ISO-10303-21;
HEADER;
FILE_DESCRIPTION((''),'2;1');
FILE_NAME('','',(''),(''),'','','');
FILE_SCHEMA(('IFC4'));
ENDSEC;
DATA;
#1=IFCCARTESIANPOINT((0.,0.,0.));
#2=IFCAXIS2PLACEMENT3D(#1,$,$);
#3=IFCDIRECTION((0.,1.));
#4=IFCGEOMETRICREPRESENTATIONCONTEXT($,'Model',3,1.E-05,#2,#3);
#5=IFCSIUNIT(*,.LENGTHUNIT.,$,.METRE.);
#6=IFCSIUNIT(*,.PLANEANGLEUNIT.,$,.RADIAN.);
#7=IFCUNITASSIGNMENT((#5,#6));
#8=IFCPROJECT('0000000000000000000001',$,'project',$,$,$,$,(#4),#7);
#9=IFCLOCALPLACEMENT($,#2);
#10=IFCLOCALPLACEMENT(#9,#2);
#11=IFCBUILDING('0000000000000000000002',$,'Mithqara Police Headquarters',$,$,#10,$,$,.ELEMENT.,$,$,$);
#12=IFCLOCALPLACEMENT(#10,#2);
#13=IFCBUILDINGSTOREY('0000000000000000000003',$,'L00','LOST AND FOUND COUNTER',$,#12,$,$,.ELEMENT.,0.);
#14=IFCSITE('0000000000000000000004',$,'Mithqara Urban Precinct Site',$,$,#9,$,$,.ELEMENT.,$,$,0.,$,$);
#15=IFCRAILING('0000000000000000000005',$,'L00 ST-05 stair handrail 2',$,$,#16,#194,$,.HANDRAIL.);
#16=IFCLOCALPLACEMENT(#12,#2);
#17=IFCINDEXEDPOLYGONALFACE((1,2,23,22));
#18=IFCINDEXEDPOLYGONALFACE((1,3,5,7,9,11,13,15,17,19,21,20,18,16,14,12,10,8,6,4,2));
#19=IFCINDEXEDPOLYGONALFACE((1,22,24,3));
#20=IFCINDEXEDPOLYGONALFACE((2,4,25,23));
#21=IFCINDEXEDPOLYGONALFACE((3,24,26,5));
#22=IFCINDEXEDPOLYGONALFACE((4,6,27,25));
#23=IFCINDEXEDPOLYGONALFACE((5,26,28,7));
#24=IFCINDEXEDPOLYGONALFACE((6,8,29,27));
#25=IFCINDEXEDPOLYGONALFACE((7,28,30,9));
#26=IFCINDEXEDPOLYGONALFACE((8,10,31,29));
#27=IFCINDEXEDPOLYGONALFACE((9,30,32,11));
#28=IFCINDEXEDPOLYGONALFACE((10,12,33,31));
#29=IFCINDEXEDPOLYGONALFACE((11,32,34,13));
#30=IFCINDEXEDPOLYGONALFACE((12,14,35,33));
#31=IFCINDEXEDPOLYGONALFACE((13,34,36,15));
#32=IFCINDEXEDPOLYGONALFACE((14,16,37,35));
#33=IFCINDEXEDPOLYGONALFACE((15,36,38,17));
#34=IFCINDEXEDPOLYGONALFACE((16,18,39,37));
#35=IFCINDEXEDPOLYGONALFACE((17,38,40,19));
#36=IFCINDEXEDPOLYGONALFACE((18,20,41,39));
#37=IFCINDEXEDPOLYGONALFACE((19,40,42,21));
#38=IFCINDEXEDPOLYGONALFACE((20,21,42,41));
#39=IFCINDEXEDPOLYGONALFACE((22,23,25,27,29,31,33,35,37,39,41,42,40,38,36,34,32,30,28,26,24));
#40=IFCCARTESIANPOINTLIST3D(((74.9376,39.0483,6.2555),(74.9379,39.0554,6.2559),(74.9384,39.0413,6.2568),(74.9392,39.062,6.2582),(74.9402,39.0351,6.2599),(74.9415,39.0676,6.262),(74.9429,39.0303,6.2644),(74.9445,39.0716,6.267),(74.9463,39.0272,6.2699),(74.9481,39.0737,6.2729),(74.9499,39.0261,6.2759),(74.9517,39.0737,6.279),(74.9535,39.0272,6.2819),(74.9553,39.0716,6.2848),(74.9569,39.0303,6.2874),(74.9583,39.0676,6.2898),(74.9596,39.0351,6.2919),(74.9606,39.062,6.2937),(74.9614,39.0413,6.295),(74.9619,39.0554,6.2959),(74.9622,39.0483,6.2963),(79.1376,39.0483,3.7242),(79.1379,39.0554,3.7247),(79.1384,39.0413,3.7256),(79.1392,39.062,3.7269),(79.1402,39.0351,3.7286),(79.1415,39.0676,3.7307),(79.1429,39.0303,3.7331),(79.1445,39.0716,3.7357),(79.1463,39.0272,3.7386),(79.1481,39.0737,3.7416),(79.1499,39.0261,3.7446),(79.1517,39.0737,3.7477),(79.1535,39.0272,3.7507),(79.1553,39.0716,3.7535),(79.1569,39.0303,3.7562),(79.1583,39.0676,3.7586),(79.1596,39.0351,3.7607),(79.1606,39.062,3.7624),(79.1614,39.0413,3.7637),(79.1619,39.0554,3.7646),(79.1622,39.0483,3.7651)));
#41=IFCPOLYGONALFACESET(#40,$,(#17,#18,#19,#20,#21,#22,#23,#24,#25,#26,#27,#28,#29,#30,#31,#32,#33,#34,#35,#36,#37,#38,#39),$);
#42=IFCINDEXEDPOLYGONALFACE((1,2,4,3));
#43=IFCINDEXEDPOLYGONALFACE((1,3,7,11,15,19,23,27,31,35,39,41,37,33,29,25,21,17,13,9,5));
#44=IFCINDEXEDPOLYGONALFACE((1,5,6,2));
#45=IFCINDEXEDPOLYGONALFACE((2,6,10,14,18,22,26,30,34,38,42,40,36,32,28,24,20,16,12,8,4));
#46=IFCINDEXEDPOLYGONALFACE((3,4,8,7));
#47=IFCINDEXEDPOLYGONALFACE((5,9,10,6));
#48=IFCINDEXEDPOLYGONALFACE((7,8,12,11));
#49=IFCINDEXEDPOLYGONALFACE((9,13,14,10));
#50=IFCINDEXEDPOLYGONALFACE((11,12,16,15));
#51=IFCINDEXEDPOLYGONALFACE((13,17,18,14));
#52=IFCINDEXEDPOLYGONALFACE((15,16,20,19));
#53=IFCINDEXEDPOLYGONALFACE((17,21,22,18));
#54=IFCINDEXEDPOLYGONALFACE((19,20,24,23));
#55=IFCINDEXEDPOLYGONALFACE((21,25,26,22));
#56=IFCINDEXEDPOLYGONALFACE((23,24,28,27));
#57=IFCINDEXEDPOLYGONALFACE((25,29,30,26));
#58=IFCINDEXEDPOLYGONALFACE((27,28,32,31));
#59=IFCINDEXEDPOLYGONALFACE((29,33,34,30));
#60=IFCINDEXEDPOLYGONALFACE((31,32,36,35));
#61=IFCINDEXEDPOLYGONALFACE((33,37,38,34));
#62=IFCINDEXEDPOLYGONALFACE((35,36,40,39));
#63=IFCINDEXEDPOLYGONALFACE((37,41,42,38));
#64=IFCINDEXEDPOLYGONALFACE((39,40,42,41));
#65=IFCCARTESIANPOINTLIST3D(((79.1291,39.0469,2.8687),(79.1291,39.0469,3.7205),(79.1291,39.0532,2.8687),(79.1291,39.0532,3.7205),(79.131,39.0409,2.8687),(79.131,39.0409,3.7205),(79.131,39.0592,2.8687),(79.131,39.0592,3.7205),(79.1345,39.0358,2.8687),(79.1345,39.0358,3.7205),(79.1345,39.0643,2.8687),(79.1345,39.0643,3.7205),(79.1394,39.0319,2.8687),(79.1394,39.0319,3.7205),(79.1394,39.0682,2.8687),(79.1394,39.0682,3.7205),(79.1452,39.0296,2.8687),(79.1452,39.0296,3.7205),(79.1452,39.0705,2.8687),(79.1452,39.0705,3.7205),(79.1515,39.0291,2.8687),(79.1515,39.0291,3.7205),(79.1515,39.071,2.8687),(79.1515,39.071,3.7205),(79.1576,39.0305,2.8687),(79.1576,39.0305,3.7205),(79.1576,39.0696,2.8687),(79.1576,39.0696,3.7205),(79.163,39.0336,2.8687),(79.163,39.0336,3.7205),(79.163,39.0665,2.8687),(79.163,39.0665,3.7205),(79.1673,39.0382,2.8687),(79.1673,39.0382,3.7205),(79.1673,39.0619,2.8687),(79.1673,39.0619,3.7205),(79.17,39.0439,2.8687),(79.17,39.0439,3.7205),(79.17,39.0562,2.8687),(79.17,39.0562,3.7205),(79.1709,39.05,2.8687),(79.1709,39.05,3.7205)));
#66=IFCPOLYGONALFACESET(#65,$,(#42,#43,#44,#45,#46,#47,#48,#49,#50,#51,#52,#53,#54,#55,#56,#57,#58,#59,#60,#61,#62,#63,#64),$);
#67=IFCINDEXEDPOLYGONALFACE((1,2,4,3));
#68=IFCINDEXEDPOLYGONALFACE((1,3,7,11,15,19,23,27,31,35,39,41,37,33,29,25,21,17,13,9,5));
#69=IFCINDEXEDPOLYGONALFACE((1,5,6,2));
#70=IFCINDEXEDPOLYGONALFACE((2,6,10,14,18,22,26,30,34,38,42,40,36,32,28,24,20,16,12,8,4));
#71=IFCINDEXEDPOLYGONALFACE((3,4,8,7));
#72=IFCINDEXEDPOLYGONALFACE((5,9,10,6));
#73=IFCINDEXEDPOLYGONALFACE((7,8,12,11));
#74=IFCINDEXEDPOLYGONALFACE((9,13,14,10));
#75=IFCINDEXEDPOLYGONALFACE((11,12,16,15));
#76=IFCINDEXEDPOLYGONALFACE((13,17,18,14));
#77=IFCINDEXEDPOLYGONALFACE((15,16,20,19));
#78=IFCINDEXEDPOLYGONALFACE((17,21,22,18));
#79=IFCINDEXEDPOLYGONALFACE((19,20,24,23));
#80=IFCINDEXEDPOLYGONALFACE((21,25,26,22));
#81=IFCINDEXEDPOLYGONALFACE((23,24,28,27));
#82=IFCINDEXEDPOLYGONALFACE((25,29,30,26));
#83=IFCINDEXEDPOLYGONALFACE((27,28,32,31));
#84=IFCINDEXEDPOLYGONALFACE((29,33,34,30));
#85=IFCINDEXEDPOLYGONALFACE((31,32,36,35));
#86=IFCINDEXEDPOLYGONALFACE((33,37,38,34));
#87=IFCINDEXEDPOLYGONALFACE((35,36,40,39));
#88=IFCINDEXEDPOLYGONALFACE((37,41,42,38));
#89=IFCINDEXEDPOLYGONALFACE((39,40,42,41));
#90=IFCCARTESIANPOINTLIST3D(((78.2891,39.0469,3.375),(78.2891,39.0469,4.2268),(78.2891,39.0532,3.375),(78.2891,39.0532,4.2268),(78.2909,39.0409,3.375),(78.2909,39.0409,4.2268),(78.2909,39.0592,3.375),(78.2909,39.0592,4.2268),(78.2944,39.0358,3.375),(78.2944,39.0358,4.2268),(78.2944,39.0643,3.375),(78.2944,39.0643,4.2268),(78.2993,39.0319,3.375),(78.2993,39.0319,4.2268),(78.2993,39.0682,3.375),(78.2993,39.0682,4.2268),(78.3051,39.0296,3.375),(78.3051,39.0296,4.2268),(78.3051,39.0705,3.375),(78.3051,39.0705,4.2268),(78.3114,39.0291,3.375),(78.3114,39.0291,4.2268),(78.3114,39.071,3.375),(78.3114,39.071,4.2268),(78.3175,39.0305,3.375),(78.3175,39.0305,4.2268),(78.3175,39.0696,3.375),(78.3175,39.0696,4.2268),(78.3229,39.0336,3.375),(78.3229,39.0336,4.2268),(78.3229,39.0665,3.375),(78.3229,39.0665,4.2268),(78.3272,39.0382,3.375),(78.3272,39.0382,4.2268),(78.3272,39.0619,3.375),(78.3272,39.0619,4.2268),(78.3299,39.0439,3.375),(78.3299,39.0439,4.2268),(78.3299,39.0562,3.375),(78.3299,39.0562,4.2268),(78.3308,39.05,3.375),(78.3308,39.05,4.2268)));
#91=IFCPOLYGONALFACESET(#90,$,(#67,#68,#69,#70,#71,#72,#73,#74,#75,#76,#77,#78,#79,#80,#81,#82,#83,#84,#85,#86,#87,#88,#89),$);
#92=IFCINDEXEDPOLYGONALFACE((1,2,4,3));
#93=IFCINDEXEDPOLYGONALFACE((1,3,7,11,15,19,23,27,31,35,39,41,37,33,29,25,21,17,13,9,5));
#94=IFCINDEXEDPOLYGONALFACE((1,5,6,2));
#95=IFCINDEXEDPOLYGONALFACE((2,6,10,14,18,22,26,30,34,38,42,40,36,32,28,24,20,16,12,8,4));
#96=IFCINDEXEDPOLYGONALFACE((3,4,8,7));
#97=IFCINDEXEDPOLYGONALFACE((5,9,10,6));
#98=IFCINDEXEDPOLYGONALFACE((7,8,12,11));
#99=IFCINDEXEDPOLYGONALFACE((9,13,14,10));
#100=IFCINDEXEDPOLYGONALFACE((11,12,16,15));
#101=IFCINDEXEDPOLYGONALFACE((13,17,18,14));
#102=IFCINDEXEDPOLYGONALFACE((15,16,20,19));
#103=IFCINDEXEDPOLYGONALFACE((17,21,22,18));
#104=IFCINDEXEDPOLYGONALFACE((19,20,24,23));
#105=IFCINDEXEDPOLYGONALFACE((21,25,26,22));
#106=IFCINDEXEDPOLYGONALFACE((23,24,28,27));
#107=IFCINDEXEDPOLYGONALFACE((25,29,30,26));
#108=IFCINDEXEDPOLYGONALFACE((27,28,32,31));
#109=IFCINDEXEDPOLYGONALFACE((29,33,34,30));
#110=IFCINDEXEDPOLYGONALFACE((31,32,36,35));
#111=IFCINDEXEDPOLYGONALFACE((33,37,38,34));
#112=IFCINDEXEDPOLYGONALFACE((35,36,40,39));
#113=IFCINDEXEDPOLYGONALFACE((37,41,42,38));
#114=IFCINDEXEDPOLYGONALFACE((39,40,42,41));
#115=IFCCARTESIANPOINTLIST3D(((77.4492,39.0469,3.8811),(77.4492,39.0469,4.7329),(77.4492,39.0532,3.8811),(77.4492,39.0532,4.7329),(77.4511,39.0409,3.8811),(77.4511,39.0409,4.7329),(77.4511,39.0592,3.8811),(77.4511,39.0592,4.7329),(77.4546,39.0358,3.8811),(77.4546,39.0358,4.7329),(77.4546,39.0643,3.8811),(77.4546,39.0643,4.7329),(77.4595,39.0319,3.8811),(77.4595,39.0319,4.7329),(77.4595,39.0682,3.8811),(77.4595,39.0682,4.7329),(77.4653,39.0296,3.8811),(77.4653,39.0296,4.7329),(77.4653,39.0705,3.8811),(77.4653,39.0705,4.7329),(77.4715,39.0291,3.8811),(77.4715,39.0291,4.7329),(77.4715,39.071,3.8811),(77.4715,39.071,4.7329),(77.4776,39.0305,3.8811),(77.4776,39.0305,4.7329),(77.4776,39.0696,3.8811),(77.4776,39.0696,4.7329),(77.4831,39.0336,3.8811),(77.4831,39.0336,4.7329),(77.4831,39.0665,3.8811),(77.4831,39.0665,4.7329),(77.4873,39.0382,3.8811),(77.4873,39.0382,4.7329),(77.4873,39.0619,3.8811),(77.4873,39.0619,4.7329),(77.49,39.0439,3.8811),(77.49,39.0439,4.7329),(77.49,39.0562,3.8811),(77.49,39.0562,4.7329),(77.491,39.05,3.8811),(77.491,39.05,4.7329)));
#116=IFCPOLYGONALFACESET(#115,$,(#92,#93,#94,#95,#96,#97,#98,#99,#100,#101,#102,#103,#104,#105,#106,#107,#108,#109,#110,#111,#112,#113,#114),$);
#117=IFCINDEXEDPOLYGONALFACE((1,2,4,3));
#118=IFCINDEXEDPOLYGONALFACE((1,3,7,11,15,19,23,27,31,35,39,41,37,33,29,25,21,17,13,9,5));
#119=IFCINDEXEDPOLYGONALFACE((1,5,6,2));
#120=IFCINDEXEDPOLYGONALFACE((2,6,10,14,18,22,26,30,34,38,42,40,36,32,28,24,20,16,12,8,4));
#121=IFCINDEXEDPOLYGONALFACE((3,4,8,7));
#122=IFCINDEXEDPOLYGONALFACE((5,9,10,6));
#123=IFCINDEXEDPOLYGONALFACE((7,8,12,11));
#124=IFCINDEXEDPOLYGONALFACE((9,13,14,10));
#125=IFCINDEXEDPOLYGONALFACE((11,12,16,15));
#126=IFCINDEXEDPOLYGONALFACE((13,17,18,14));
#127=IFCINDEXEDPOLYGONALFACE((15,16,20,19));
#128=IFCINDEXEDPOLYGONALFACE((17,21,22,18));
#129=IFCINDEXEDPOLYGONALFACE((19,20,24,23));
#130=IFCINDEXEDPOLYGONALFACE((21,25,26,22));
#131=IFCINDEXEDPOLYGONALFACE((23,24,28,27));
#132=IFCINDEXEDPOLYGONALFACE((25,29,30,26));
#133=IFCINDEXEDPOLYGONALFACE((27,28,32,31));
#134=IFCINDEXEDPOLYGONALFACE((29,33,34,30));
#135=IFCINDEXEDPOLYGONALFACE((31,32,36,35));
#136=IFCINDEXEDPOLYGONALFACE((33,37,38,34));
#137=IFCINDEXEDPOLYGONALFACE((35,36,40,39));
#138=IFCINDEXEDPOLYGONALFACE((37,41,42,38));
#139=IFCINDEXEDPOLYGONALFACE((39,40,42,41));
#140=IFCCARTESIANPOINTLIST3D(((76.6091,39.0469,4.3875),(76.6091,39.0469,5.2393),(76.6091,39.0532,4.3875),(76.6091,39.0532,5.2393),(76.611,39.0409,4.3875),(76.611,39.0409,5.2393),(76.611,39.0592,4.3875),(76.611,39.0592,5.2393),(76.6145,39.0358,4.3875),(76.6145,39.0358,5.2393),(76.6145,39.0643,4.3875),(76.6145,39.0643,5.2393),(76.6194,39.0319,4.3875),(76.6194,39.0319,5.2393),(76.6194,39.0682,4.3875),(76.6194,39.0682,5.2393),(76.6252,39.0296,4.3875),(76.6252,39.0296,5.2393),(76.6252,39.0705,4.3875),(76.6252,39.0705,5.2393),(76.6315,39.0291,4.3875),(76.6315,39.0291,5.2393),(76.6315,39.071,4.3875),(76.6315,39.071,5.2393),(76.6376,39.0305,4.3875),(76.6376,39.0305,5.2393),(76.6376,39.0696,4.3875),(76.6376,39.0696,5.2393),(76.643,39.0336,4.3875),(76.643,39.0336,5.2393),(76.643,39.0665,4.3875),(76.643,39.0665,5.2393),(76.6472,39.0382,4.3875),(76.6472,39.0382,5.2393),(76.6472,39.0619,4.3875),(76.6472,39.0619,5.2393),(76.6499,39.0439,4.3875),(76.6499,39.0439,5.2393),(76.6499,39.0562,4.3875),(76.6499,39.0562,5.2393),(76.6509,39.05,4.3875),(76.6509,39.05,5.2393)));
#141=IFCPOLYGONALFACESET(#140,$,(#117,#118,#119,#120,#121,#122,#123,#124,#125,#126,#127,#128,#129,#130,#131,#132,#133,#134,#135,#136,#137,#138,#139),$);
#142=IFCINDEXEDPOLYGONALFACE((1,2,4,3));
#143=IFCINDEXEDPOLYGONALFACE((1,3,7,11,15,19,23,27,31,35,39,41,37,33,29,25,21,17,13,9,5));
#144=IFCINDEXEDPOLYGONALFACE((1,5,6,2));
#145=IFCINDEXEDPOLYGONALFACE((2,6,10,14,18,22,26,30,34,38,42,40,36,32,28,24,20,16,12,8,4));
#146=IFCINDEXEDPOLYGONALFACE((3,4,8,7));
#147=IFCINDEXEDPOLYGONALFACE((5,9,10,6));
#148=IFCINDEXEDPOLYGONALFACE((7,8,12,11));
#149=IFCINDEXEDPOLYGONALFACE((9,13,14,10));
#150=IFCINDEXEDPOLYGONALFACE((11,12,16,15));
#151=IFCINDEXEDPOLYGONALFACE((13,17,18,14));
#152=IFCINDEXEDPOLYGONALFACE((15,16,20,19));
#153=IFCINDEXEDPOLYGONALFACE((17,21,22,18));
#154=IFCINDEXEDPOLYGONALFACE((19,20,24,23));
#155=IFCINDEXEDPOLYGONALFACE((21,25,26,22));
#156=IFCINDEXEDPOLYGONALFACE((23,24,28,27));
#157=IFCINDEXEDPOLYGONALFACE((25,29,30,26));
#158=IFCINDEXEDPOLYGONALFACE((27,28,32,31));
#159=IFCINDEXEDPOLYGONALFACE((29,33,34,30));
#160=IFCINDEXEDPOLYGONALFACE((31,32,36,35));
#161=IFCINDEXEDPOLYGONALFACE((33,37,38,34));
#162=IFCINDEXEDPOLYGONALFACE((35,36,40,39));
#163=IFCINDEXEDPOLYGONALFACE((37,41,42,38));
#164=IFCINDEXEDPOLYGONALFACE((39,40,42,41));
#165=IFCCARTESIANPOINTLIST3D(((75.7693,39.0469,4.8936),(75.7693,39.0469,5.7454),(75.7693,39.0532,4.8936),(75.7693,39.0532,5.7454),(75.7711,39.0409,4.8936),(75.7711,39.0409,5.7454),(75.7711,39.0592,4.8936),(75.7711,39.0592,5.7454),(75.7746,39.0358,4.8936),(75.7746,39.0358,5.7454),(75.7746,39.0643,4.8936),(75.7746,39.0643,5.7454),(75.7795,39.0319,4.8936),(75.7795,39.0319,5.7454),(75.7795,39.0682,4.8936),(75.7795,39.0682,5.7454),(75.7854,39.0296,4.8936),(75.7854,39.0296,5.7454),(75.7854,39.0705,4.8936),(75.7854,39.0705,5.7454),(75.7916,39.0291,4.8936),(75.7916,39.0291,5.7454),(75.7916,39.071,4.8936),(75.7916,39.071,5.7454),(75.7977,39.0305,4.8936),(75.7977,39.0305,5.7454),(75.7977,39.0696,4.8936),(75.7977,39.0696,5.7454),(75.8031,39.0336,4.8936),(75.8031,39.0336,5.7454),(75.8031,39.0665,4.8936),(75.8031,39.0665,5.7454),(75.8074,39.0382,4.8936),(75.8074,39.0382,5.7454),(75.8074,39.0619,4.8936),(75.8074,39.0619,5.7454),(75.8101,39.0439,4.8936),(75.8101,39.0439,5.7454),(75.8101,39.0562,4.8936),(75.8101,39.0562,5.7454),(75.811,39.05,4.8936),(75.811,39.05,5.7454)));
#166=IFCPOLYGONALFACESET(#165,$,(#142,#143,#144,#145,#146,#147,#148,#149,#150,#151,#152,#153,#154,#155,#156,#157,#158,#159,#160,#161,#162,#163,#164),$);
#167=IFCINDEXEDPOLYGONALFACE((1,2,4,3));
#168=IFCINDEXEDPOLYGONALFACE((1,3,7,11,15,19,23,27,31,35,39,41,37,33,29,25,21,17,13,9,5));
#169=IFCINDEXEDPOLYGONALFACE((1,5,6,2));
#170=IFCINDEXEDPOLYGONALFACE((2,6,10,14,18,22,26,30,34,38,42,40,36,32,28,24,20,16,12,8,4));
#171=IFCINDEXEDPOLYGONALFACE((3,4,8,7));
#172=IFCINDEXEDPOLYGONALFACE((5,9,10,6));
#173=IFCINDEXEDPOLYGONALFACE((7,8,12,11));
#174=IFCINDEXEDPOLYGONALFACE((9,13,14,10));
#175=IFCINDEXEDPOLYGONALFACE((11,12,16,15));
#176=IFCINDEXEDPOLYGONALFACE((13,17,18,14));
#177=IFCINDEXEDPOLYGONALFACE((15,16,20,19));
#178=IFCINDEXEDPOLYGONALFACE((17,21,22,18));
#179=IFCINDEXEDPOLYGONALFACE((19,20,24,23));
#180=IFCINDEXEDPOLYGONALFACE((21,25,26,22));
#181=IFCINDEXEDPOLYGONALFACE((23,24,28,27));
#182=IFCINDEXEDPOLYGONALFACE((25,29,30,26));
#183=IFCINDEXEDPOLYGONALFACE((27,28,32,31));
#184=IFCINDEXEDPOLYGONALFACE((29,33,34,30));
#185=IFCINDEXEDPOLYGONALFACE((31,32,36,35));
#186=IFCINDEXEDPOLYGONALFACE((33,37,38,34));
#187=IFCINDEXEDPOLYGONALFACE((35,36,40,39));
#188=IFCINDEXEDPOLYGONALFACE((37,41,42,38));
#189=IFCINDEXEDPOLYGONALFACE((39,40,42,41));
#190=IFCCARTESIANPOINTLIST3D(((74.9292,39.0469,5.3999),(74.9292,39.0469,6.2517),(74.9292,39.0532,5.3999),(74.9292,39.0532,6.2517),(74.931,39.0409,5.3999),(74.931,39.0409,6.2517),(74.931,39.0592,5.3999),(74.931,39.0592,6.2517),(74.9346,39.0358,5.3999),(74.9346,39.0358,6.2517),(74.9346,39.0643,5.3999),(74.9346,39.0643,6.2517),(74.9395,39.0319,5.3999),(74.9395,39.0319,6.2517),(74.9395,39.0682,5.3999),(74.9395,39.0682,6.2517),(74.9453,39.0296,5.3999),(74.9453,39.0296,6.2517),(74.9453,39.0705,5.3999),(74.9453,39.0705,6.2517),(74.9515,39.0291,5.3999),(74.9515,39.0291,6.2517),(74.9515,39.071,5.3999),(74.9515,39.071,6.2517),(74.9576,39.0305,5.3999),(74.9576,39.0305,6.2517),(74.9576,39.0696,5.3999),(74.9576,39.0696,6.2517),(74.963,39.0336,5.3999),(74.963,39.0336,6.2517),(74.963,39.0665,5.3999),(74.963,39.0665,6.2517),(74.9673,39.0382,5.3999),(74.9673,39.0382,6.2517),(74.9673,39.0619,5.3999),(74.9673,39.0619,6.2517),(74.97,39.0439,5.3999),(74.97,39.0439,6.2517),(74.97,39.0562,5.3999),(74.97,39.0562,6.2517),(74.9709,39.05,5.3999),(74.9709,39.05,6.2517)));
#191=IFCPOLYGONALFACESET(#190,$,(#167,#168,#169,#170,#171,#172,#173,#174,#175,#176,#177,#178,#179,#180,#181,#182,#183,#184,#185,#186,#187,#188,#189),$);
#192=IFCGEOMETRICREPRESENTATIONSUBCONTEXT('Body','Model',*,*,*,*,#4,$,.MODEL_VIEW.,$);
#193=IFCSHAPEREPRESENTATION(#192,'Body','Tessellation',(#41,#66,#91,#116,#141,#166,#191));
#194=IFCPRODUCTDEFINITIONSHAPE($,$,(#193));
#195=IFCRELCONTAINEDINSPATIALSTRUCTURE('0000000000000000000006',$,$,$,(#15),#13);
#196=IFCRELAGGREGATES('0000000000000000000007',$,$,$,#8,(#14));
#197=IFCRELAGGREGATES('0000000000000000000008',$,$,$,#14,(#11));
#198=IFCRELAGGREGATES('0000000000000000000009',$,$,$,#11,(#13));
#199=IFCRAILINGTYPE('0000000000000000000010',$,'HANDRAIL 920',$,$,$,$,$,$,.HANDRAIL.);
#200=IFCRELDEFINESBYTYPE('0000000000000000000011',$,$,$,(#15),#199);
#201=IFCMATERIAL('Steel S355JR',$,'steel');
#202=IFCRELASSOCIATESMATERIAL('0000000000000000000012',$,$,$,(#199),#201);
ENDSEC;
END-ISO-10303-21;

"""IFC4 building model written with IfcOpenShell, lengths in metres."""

from ifc_helpers import new_model, si_unit, direction, frame, origin, origin_2d, place, context, subcontext, project, spatial, circle, extrude, material, type_object, element, save


model = new_model("IFC4")

# Units and contexts
model_context = context("Model", 3, precision=1e-05, world=origin(), true_north=direction((0.0, 1.0)))
body_context = subcontext(model_context, "Body", "Model", "MODEL_VIEW")
ifc_project = project(units=[si_unit("LENGTHUNIT", "METRE"), si_unit("PLANEANGLEUNIT", "RADIAN")], contexts=[model_context])

# Site, building, storey
site_placement = place(None, origin())
site = spatial("IfcSite", under=ifc_project, at=site_placement, Name="Mithqara Urban Precinct Site", CompositionType="ELEMENT", RefElevation=0.0)
building_placement = place(site_placement, origin())
building = spatial("IfcBuilding", under=site, at=building_placement, Name="Mithqara Police Headquarters", CompositionType="ELEMENT")
storey_placement = place(building_placement, origin())
storey = spatial("IfcBuildingStorey", under=building, at=storey_placement, Name="L00", Description="LOST AND FOUND COUNTER", CompositionType="ELEMENT", Elevation=0.0)

# Shared definitions
ifc_material_1 = material(Name="Steel S355JR", Category="steel")

# Railing
railing_type_1 = type_object("IfcRailingType", Name="HANDRAIL 920", PredefinedType="HANDRAIL", material=ifc_material_1)
railing_1_placement = place(storey_placement, frame((79.1499, 39.05, 2.8687)))
element("IfcRailing", 1, at=railing_1_placement, inside=storey, type_object=railing_type_1, Name="L00 ST-05 stair handrail 2", PredefinedType="HANDRAIL", context=body_context, shape_type="SweptSolid", body=[
    extrude(circle(Radius=0.0239, at=origin_2d()), frame((0.0, 0.0, 0.876), z_axis=(-0.856476, 0.0, 0.516186), x_axis=(0.0, -1.0, 0.0)), (0.0, 0.0, 1.0), 4.9038),
    extrude(circle(Radius=0.021, at=origin_2d()), origin(), (0.0, 0.0, 1.0), 0.8518),
    extrude(circle(Radius=0.021, at=origin_2d()), frame((-0.8401, 0.0, 0.5063)), (0.0, 0.0, 1.0), 0.8518),
    extrude(circle(Radius=0.021, at=origin_2d()), frame((-1.6799, 0.0, 1.0125)), (0.0, 0.0, 1.0), 0.8518),
    extrude(circle(Radius=0.021, at=origin_2d()), frame((-2.52, 0.0, 1.5188)), (0.0, 0.0, 1.0), 0.8518),
    extrude(circle(Radius=0.021, at=origin_2d()), frame((-3.3599, 0.0, 2.0249)), (0.0, 0.0, 1.0), 0.8518),
    extrude(circle(Radius=0.021, at=origin_2d()), frame((-4.2, 0.0, 2.5312)), (0.0, 0.0, 1.0), 0.8518),
])

save(model, "model.ifc")
